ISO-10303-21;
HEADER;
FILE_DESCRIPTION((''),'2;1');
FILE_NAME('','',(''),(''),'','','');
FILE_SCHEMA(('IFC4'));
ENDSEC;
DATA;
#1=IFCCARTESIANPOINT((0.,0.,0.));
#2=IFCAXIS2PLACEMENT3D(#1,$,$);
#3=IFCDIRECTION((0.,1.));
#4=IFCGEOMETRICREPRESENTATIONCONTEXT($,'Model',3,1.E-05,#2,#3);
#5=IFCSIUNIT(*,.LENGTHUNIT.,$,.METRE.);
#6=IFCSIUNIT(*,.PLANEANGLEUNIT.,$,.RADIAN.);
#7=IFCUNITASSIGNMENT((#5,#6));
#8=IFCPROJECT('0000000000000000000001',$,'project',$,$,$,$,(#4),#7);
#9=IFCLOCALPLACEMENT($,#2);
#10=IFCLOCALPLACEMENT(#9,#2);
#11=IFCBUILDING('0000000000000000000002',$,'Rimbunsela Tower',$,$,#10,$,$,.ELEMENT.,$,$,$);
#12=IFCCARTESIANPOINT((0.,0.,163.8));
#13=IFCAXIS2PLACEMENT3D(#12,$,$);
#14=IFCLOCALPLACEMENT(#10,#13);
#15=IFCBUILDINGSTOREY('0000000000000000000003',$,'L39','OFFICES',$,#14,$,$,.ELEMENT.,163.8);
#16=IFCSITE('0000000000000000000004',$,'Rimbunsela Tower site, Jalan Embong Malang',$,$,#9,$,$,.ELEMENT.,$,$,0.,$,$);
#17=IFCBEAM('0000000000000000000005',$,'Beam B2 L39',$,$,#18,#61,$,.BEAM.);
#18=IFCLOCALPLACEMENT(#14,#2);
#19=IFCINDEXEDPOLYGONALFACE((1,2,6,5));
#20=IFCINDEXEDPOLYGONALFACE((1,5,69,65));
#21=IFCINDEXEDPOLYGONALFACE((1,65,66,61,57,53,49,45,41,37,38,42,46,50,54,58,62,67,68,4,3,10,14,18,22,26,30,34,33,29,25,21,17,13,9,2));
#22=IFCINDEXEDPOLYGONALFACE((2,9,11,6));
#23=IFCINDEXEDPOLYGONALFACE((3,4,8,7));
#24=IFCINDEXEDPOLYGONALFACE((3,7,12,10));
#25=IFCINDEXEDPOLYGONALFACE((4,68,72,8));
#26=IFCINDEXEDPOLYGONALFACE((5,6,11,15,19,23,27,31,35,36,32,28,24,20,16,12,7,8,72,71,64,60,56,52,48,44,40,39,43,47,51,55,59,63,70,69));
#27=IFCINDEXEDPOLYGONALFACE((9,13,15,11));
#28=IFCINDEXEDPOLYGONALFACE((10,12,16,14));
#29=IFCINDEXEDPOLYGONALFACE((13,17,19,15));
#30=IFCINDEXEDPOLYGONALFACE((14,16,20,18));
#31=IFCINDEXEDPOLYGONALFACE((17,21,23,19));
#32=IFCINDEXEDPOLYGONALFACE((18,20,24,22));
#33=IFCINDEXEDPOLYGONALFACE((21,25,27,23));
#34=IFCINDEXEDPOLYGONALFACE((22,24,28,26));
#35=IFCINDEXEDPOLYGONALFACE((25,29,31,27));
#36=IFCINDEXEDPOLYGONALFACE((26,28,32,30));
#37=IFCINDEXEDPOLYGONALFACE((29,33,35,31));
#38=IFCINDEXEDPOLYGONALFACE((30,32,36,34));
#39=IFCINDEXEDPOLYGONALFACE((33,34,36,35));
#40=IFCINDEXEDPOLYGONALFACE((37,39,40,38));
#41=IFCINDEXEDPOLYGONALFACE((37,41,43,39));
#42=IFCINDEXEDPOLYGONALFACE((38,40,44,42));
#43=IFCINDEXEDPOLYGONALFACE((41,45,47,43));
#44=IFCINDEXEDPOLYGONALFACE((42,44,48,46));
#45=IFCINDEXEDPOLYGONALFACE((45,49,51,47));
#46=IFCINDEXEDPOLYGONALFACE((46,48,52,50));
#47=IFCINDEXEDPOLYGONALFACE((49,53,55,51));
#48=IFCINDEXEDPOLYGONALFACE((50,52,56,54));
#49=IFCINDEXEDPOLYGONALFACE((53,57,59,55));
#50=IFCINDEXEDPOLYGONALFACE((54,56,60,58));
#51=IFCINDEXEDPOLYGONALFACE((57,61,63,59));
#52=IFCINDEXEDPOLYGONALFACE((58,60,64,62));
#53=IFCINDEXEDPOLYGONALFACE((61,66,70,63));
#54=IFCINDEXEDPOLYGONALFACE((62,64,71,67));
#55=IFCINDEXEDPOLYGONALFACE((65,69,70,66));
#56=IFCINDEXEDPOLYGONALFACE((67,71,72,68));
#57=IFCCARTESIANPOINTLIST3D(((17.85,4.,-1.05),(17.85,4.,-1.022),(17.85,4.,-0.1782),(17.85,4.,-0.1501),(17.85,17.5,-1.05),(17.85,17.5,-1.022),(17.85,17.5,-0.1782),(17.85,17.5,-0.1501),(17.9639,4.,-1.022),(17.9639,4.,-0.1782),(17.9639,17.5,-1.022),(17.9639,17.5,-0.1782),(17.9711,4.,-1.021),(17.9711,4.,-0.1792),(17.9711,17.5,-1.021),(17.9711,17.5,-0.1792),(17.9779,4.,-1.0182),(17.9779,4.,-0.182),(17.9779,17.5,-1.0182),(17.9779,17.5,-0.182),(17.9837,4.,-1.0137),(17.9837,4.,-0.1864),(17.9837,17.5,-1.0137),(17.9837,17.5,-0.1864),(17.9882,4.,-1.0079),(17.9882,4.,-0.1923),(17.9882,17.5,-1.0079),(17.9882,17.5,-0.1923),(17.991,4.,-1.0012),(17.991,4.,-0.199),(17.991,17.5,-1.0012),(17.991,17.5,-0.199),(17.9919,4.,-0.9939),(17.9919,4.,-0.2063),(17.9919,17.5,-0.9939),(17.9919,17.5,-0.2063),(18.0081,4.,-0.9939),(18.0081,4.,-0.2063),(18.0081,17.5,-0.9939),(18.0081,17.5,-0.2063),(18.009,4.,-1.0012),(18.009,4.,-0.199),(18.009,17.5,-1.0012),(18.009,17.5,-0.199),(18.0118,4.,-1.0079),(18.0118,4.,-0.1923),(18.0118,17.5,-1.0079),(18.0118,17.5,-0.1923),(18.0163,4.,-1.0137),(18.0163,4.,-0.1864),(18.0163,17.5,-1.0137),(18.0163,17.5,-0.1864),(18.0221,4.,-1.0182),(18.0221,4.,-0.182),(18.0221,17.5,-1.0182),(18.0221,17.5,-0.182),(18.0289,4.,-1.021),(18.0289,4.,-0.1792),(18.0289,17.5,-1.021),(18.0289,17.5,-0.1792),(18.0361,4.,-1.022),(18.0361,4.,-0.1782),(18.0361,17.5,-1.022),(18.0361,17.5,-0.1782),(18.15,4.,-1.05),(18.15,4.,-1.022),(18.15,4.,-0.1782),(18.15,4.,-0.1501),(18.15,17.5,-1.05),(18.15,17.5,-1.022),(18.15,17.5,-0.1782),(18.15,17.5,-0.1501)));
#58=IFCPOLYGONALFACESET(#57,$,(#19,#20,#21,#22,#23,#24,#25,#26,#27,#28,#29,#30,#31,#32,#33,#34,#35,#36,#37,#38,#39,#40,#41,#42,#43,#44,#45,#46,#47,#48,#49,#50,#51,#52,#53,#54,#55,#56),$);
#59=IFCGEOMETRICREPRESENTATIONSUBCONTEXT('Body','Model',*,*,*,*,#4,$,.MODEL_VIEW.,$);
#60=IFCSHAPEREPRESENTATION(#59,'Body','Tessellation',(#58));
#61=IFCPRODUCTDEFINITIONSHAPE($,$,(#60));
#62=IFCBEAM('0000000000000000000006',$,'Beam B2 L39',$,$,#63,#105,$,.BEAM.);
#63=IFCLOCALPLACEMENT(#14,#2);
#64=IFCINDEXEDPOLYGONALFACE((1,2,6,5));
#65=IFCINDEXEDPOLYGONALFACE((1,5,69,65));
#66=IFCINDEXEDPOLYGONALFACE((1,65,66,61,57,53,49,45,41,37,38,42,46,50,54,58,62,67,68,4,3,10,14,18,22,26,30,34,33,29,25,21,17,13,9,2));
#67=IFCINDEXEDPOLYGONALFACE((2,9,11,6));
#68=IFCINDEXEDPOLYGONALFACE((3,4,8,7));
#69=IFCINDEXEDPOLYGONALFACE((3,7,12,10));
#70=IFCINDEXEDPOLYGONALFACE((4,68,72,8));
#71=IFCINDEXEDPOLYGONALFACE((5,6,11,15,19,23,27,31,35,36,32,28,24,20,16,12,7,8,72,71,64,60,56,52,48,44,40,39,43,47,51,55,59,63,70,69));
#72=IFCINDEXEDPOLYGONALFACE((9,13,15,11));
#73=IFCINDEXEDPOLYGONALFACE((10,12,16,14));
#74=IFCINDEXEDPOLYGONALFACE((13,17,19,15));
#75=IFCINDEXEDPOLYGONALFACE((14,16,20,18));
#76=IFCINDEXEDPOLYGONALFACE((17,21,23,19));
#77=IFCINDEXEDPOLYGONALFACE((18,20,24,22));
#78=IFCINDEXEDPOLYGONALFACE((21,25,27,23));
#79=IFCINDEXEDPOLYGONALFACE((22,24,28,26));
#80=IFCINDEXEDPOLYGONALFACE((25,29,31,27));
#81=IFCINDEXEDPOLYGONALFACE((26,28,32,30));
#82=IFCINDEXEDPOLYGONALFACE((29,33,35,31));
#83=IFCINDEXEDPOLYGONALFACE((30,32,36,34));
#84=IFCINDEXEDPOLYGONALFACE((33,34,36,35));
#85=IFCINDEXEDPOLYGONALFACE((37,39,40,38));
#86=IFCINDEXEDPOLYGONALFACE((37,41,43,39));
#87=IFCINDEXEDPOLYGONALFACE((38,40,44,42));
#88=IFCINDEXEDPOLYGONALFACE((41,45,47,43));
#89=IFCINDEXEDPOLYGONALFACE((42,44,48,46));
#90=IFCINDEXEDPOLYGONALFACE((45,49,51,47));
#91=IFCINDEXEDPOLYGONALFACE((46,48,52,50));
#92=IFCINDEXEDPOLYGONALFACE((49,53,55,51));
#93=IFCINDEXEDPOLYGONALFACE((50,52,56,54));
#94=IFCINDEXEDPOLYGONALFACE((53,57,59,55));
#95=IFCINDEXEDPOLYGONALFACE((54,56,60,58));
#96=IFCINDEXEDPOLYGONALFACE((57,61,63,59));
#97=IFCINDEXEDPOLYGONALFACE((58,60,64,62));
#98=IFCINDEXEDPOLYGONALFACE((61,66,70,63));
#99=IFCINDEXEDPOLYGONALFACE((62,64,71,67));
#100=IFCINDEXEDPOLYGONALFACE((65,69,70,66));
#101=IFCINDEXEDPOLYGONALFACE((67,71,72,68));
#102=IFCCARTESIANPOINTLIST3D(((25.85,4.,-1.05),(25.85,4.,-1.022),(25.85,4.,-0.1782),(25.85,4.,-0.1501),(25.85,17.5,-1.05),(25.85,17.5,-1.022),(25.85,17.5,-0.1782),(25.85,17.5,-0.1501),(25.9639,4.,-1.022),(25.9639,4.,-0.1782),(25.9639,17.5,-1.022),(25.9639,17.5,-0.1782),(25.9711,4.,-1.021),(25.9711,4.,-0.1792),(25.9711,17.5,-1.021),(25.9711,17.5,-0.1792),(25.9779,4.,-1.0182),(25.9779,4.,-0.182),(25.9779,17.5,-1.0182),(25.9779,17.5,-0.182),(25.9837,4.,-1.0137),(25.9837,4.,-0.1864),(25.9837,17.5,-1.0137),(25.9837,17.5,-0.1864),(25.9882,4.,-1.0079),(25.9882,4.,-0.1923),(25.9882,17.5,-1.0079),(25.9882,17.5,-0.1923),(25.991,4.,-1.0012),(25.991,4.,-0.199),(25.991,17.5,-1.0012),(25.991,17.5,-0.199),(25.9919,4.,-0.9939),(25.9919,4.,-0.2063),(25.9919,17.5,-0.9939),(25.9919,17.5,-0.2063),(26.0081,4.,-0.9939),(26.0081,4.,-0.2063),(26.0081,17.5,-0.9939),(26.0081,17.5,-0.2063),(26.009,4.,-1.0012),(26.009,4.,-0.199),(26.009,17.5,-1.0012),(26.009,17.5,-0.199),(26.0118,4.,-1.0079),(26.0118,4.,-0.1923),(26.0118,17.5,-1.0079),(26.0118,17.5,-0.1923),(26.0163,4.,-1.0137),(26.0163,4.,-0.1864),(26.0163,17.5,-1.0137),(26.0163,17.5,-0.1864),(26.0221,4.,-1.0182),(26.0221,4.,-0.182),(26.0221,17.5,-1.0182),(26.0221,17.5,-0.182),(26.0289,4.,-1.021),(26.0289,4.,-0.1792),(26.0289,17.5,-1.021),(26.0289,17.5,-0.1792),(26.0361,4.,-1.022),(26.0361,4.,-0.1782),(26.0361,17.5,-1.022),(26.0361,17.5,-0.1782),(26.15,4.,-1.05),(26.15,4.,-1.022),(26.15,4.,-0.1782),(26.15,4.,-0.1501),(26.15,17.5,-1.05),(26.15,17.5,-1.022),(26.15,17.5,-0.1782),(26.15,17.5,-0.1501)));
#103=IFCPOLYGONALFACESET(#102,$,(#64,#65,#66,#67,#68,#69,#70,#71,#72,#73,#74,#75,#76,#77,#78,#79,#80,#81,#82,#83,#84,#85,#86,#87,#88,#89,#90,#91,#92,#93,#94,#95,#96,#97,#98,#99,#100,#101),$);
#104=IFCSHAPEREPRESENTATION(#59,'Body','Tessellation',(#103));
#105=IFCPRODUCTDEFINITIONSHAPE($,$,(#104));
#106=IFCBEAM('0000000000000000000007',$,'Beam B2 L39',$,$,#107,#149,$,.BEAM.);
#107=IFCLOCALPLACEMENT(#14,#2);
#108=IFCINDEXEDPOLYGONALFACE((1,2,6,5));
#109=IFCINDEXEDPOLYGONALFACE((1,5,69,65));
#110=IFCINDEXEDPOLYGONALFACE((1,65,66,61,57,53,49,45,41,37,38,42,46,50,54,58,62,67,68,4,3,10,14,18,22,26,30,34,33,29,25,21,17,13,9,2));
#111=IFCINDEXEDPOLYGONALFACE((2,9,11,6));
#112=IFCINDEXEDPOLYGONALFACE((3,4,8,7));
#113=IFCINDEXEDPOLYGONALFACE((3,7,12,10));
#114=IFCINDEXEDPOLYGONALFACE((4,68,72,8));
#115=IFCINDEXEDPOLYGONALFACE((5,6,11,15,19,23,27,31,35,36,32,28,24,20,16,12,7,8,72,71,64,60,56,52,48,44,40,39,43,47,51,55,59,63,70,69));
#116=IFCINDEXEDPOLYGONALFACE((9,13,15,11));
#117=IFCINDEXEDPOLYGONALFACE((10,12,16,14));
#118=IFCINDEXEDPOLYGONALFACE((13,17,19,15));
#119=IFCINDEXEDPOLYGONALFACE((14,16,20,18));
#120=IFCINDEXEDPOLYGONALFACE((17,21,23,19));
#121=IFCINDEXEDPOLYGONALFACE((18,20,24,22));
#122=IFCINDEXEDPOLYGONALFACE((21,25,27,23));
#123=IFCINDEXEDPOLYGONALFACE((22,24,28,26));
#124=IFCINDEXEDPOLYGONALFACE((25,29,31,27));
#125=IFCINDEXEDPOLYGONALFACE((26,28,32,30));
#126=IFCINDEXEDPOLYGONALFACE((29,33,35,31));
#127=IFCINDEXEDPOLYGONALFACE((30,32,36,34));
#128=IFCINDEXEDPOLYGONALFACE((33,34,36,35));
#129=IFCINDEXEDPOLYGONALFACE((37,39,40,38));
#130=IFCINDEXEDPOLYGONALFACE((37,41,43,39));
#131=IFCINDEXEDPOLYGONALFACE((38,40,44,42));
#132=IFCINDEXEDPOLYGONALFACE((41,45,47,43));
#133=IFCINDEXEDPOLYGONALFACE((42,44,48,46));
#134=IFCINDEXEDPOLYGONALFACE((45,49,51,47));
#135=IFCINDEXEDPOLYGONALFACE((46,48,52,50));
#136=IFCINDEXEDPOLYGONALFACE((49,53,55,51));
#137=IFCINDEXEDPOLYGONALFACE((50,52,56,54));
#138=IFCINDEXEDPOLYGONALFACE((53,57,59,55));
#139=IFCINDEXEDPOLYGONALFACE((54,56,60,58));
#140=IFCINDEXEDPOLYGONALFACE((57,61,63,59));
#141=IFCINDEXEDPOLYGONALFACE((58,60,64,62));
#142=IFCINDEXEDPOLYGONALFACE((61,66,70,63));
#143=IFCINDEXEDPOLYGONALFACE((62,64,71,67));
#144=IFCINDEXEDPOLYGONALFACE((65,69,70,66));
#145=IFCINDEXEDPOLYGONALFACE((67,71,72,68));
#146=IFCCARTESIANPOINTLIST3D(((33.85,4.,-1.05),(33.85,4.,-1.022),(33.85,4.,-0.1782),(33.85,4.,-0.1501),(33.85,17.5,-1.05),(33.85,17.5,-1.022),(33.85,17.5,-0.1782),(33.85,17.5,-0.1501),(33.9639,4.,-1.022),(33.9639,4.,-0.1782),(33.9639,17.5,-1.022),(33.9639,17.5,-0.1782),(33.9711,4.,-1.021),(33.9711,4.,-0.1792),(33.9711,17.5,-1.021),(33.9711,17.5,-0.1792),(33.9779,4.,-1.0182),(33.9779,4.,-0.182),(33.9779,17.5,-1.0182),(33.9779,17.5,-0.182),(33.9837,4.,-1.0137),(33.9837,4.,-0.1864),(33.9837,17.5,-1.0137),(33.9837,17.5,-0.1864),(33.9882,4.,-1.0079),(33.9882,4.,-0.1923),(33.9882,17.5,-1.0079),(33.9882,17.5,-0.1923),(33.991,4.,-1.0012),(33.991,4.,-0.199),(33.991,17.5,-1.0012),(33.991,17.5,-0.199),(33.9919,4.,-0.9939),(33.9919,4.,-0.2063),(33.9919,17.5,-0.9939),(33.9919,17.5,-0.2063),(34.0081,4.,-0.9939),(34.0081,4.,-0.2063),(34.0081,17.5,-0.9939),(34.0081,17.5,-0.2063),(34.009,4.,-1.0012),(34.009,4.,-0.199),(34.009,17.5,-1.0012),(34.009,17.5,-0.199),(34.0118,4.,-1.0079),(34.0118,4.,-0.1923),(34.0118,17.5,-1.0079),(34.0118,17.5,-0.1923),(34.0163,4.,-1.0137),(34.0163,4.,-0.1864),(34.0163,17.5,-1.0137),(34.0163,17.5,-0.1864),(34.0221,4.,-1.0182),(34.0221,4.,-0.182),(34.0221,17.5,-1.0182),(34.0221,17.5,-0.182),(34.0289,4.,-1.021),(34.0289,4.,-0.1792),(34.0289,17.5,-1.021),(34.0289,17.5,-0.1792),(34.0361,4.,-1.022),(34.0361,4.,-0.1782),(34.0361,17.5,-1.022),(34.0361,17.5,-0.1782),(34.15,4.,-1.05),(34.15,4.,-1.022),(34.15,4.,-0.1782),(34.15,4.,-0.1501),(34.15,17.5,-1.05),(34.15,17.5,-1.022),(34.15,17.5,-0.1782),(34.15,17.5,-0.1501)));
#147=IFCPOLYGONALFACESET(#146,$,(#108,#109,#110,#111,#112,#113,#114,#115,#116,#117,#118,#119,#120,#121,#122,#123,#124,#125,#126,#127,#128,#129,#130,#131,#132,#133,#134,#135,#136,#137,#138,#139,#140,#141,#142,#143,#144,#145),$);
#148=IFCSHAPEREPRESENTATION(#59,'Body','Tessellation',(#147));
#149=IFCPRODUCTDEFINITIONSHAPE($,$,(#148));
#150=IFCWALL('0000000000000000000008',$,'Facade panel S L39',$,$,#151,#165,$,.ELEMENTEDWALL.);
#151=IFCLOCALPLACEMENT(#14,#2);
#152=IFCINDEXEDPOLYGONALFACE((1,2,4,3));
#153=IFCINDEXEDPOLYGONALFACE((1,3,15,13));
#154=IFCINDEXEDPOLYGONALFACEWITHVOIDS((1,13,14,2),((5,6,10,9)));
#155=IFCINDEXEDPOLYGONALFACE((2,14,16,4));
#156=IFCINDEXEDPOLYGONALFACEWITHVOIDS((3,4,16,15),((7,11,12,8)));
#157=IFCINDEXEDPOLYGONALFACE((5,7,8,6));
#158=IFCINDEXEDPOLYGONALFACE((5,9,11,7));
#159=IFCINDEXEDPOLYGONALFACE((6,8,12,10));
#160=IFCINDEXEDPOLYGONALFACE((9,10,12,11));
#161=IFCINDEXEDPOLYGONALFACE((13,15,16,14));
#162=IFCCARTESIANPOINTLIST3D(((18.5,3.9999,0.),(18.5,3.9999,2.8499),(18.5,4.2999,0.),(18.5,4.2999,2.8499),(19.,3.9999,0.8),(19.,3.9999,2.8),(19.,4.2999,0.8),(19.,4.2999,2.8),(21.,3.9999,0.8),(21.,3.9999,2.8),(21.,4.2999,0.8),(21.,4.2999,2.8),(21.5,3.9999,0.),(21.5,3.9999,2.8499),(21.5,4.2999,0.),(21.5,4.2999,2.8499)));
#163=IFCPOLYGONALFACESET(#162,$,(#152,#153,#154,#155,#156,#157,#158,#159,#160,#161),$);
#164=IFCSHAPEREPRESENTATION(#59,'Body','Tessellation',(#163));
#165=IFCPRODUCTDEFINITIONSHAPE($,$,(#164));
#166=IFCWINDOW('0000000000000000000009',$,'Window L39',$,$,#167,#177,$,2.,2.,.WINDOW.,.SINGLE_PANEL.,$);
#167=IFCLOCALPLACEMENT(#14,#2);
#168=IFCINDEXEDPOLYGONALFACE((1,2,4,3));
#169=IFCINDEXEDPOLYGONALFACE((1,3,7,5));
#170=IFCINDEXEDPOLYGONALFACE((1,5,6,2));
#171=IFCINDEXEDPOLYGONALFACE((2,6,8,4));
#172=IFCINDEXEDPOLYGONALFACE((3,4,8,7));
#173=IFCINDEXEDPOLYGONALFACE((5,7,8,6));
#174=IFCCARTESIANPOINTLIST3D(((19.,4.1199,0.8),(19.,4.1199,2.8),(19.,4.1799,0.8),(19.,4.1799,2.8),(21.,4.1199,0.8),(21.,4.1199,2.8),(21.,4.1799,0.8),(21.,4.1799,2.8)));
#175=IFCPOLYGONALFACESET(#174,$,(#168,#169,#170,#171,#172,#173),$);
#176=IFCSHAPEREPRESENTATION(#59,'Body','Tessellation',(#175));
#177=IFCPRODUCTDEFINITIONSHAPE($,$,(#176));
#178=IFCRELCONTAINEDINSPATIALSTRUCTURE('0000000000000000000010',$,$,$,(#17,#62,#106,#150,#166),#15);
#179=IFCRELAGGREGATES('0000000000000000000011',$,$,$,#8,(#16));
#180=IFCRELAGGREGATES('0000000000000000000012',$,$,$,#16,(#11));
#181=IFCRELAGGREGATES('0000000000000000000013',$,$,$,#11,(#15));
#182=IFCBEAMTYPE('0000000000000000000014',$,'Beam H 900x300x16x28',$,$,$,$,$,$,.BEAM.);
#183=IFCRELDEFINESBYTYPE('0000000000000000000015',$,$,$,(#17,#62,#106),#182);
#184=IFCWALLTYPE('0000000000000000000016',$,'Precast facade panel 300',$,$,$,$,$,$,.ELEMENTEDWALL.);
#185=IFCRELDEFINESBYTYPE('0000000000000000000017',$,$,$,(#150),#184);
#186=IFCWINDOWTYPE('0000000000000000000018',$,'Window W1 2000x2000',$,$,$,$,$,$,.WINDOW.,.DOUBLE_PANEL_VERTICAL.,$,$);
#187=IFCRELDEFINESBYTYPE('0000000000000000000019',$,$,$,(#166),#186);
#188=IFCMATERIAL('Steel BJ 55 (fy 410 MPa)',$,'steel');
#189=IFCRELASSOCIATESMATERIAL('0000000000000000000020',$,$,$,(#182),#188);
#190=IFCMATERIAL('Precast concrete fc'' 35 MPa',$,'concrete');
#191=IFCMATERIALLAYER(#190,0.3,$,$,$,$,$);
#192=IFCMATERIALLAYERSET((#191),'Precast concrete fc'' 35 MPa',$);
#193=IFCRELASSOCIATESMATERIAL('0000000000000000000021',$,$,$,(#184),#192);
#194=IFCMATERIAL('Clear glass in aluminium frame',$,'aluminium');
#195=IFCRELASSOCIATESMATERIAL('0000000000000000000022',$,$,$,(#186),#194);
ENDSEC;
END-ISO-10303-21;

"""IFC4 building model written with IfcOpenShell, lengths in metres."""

from ifc_helpers import new_model, si_unit, direction, frame, frame_2d, origin, origin_2d, place, context, subcontext, project, spatial, rectangle, i_section, extrude, material, layer, layer_set, material_profile, profile_set, type_object, element, fill, save


model = new_model("IFC4")

# Units and contexts
model_context = context("Model", 3, precision=1e-05, world=origin(), true_north=direction((0.0, 1.0)))
body_context = subcontext(model_context, "Body", "Model", "MODEL_VIEW")
ifc_project = project(units=[si_unit("LENGTHUNIT", "METRE"), si_unit("PLANEANGLEUNIT", "RADIAN")], contexts=[model_context])

# Site, building, storey
site_placement = place(None, origin())
site = spatial("IfcSite", under=ifc_project, at=site_placement, Name="Rimbunsela Tower site, Jalan Embong Malang", CompositionType="ELEMENT", RefElevation=0.0)
building_placement = place(site_placement, origin())
building = spatial("IfcBuilding", under=site, at=building_placement, Name="Rimbunsela Tower", CompositionType="ELEMENT")
storey_placement = place(building_placement, frame((0.0, 0.0, 163.8)))
storey = spatial("IfcBuildingStorey", under=building, at=storey_placement, Name="L39", Description="OFFICES", CompositionType="ELEMENT", Elevation=163.8)

# Beams
ifc_material_1 = material(Name="Steel BJ 55 (fy 410 MPa)", Category="steel")
ifc_material_profile_1 = material_profile(ifc_material_1, i_section(OverallWidth=0.3, OverallDepth=0.8999, WebThickness=0.0161, FlangeThickness=0.0281, FilletRadius=0.0281, at=origin_2d()), Name="H 900x300x16x28")
ifc_profile_set_1 = profile_set([ifc_material_profile_1], Name="Steel BJ 55 (fy 410 MPa)")
beam_type_1 = type_object("IfcBeamType", Name="Beam H 900x300x16x28", PredefinedType="BEAM", material=ifc_profile_set_1)
for number, where, z_axis, x_axis, name in (
    (1, (18.0, 4.0, -0.6001), (0.0, 1.0, 0.0), (-1.0, 0.0, 0.0), "Beam B2 L39"),
    (2, (26.0, 4.0, -0.6001), (0.0, 1.0, 0.0), (-1.0, 0.0, 0.0), "Beam B2 L39"),
    (3, (34.0, 4.0, -0.6001), (0.0, 1.0, 0.0), (-1.0, 0.0, 0.0), "Beam B2 L39"),
):
    element("IfcBeam", number, at=place(storey_placement, frame(where, z_axis=z_axis, x_axis=x_axis)), inside=storey, type_object=beam_type_1, Name=name, PredefinedType="BEAM", context=body_context, shape_type="SweptSolid", body=[
        extrude(i_section(OverallWidth=0.3, OverallDepth=0.8999, WebThickness=0.0161, FlangeThickness=0.0281, FilletRadius=0.0281, at=origin_2d()), origin(), (0.0, 0.0, 1.0), 13.5),
    ])

# Wall, opening, window
ifc_material_2 = material(Name="Precast concrete fc' 35 MPa", Category="concrete")
ifc_layer_1 = layer(ifc_material_2, 0.3)
ifc_layer_set_1 = layer_set([ifc_layer_1], Name="Precast concrete fc' 35 MPa")
wall_type = type_object("IfcWallType", Name="Precast facade panel 300", PredefinedType="ELEMENTEDWALL", material=ifc_layer_set_1)
wall_1_placement = place(storey_placement, frame((18.5, 4.1499, 0.0), z_axis=(0.0, 0.0, 1.0), x_axis=(1.0, 0.0, 0.0)))
wall_1 = element("IfcWall", 4, at=wall_1_placement, inside=storey, type_object=wall_type, Name="Facade panel S L39", PredefinedType="ELEMENTEDWALL", context=body_context, shape_type="SweptSolid", body=[
    extrude(rectangle(XDim=3.0, YDim=0.3, at=frame_2d((1.5, 0.0))), origin(), (0.0, 0.0, 1.0), 2.8499),
])
opening_1_placement = place(wall_1_placement, frame((0.5, 0.0, 0.8)))
opening_1 = element("IfcOpeningElement", 5, at=opening_1_placement, cuts=wall_1, PredefinedType="OPENING", context=body_context, shape_type="SweptSolid", body=[
    extrude(rectangle(XDim=2.0, YDim=2.0, at=frame_2d((1.0, 1.0))), frame((0.0, 0.1599, 0.0), z_axis=(0.0, -1.0, 0.0), x_axis=(1.0, 0.0, 0.0)), (0.0, 0.0, 1.0), 0.3201),
])
ifc_material_3 = material(Name="Clear glass in aluminium frame", Category="aluminium")
window_type = type_object("IfcWindowType", Name="Window W1 2000x2000", PartitioningType="DOUBLE_PANEL_VERTICAL", PredefinedType="WINDOW", material=ifc_material_3)
window_1_placement = place(opening_1_placement, origin())
window_1 = element("IfcWindow", 6, at=window_1_placement, inside=storey, type_object=window_type, Name="Window L39", OverallHeight=2.0, OverallWidth=2.0, PartitioningType="SINGLE_PANEL", PredefinedType="WINDOW", context=body_context, shape_type="SweptSolid", body=[
    extrude(rectangle(XDim=2.0, YDim=2.0, at=frame_2d((1.0, 1.0))), frame((0.0, 0.03, 0.0), z_axis=(0.0, -1.0, 0.0), x_axis=(1.0, 0.0, 0.0)), (0.0, 0.0, 1.0), 0.0601),
])
fill(opening_1, window_1)

save(model, "model.ifc")
